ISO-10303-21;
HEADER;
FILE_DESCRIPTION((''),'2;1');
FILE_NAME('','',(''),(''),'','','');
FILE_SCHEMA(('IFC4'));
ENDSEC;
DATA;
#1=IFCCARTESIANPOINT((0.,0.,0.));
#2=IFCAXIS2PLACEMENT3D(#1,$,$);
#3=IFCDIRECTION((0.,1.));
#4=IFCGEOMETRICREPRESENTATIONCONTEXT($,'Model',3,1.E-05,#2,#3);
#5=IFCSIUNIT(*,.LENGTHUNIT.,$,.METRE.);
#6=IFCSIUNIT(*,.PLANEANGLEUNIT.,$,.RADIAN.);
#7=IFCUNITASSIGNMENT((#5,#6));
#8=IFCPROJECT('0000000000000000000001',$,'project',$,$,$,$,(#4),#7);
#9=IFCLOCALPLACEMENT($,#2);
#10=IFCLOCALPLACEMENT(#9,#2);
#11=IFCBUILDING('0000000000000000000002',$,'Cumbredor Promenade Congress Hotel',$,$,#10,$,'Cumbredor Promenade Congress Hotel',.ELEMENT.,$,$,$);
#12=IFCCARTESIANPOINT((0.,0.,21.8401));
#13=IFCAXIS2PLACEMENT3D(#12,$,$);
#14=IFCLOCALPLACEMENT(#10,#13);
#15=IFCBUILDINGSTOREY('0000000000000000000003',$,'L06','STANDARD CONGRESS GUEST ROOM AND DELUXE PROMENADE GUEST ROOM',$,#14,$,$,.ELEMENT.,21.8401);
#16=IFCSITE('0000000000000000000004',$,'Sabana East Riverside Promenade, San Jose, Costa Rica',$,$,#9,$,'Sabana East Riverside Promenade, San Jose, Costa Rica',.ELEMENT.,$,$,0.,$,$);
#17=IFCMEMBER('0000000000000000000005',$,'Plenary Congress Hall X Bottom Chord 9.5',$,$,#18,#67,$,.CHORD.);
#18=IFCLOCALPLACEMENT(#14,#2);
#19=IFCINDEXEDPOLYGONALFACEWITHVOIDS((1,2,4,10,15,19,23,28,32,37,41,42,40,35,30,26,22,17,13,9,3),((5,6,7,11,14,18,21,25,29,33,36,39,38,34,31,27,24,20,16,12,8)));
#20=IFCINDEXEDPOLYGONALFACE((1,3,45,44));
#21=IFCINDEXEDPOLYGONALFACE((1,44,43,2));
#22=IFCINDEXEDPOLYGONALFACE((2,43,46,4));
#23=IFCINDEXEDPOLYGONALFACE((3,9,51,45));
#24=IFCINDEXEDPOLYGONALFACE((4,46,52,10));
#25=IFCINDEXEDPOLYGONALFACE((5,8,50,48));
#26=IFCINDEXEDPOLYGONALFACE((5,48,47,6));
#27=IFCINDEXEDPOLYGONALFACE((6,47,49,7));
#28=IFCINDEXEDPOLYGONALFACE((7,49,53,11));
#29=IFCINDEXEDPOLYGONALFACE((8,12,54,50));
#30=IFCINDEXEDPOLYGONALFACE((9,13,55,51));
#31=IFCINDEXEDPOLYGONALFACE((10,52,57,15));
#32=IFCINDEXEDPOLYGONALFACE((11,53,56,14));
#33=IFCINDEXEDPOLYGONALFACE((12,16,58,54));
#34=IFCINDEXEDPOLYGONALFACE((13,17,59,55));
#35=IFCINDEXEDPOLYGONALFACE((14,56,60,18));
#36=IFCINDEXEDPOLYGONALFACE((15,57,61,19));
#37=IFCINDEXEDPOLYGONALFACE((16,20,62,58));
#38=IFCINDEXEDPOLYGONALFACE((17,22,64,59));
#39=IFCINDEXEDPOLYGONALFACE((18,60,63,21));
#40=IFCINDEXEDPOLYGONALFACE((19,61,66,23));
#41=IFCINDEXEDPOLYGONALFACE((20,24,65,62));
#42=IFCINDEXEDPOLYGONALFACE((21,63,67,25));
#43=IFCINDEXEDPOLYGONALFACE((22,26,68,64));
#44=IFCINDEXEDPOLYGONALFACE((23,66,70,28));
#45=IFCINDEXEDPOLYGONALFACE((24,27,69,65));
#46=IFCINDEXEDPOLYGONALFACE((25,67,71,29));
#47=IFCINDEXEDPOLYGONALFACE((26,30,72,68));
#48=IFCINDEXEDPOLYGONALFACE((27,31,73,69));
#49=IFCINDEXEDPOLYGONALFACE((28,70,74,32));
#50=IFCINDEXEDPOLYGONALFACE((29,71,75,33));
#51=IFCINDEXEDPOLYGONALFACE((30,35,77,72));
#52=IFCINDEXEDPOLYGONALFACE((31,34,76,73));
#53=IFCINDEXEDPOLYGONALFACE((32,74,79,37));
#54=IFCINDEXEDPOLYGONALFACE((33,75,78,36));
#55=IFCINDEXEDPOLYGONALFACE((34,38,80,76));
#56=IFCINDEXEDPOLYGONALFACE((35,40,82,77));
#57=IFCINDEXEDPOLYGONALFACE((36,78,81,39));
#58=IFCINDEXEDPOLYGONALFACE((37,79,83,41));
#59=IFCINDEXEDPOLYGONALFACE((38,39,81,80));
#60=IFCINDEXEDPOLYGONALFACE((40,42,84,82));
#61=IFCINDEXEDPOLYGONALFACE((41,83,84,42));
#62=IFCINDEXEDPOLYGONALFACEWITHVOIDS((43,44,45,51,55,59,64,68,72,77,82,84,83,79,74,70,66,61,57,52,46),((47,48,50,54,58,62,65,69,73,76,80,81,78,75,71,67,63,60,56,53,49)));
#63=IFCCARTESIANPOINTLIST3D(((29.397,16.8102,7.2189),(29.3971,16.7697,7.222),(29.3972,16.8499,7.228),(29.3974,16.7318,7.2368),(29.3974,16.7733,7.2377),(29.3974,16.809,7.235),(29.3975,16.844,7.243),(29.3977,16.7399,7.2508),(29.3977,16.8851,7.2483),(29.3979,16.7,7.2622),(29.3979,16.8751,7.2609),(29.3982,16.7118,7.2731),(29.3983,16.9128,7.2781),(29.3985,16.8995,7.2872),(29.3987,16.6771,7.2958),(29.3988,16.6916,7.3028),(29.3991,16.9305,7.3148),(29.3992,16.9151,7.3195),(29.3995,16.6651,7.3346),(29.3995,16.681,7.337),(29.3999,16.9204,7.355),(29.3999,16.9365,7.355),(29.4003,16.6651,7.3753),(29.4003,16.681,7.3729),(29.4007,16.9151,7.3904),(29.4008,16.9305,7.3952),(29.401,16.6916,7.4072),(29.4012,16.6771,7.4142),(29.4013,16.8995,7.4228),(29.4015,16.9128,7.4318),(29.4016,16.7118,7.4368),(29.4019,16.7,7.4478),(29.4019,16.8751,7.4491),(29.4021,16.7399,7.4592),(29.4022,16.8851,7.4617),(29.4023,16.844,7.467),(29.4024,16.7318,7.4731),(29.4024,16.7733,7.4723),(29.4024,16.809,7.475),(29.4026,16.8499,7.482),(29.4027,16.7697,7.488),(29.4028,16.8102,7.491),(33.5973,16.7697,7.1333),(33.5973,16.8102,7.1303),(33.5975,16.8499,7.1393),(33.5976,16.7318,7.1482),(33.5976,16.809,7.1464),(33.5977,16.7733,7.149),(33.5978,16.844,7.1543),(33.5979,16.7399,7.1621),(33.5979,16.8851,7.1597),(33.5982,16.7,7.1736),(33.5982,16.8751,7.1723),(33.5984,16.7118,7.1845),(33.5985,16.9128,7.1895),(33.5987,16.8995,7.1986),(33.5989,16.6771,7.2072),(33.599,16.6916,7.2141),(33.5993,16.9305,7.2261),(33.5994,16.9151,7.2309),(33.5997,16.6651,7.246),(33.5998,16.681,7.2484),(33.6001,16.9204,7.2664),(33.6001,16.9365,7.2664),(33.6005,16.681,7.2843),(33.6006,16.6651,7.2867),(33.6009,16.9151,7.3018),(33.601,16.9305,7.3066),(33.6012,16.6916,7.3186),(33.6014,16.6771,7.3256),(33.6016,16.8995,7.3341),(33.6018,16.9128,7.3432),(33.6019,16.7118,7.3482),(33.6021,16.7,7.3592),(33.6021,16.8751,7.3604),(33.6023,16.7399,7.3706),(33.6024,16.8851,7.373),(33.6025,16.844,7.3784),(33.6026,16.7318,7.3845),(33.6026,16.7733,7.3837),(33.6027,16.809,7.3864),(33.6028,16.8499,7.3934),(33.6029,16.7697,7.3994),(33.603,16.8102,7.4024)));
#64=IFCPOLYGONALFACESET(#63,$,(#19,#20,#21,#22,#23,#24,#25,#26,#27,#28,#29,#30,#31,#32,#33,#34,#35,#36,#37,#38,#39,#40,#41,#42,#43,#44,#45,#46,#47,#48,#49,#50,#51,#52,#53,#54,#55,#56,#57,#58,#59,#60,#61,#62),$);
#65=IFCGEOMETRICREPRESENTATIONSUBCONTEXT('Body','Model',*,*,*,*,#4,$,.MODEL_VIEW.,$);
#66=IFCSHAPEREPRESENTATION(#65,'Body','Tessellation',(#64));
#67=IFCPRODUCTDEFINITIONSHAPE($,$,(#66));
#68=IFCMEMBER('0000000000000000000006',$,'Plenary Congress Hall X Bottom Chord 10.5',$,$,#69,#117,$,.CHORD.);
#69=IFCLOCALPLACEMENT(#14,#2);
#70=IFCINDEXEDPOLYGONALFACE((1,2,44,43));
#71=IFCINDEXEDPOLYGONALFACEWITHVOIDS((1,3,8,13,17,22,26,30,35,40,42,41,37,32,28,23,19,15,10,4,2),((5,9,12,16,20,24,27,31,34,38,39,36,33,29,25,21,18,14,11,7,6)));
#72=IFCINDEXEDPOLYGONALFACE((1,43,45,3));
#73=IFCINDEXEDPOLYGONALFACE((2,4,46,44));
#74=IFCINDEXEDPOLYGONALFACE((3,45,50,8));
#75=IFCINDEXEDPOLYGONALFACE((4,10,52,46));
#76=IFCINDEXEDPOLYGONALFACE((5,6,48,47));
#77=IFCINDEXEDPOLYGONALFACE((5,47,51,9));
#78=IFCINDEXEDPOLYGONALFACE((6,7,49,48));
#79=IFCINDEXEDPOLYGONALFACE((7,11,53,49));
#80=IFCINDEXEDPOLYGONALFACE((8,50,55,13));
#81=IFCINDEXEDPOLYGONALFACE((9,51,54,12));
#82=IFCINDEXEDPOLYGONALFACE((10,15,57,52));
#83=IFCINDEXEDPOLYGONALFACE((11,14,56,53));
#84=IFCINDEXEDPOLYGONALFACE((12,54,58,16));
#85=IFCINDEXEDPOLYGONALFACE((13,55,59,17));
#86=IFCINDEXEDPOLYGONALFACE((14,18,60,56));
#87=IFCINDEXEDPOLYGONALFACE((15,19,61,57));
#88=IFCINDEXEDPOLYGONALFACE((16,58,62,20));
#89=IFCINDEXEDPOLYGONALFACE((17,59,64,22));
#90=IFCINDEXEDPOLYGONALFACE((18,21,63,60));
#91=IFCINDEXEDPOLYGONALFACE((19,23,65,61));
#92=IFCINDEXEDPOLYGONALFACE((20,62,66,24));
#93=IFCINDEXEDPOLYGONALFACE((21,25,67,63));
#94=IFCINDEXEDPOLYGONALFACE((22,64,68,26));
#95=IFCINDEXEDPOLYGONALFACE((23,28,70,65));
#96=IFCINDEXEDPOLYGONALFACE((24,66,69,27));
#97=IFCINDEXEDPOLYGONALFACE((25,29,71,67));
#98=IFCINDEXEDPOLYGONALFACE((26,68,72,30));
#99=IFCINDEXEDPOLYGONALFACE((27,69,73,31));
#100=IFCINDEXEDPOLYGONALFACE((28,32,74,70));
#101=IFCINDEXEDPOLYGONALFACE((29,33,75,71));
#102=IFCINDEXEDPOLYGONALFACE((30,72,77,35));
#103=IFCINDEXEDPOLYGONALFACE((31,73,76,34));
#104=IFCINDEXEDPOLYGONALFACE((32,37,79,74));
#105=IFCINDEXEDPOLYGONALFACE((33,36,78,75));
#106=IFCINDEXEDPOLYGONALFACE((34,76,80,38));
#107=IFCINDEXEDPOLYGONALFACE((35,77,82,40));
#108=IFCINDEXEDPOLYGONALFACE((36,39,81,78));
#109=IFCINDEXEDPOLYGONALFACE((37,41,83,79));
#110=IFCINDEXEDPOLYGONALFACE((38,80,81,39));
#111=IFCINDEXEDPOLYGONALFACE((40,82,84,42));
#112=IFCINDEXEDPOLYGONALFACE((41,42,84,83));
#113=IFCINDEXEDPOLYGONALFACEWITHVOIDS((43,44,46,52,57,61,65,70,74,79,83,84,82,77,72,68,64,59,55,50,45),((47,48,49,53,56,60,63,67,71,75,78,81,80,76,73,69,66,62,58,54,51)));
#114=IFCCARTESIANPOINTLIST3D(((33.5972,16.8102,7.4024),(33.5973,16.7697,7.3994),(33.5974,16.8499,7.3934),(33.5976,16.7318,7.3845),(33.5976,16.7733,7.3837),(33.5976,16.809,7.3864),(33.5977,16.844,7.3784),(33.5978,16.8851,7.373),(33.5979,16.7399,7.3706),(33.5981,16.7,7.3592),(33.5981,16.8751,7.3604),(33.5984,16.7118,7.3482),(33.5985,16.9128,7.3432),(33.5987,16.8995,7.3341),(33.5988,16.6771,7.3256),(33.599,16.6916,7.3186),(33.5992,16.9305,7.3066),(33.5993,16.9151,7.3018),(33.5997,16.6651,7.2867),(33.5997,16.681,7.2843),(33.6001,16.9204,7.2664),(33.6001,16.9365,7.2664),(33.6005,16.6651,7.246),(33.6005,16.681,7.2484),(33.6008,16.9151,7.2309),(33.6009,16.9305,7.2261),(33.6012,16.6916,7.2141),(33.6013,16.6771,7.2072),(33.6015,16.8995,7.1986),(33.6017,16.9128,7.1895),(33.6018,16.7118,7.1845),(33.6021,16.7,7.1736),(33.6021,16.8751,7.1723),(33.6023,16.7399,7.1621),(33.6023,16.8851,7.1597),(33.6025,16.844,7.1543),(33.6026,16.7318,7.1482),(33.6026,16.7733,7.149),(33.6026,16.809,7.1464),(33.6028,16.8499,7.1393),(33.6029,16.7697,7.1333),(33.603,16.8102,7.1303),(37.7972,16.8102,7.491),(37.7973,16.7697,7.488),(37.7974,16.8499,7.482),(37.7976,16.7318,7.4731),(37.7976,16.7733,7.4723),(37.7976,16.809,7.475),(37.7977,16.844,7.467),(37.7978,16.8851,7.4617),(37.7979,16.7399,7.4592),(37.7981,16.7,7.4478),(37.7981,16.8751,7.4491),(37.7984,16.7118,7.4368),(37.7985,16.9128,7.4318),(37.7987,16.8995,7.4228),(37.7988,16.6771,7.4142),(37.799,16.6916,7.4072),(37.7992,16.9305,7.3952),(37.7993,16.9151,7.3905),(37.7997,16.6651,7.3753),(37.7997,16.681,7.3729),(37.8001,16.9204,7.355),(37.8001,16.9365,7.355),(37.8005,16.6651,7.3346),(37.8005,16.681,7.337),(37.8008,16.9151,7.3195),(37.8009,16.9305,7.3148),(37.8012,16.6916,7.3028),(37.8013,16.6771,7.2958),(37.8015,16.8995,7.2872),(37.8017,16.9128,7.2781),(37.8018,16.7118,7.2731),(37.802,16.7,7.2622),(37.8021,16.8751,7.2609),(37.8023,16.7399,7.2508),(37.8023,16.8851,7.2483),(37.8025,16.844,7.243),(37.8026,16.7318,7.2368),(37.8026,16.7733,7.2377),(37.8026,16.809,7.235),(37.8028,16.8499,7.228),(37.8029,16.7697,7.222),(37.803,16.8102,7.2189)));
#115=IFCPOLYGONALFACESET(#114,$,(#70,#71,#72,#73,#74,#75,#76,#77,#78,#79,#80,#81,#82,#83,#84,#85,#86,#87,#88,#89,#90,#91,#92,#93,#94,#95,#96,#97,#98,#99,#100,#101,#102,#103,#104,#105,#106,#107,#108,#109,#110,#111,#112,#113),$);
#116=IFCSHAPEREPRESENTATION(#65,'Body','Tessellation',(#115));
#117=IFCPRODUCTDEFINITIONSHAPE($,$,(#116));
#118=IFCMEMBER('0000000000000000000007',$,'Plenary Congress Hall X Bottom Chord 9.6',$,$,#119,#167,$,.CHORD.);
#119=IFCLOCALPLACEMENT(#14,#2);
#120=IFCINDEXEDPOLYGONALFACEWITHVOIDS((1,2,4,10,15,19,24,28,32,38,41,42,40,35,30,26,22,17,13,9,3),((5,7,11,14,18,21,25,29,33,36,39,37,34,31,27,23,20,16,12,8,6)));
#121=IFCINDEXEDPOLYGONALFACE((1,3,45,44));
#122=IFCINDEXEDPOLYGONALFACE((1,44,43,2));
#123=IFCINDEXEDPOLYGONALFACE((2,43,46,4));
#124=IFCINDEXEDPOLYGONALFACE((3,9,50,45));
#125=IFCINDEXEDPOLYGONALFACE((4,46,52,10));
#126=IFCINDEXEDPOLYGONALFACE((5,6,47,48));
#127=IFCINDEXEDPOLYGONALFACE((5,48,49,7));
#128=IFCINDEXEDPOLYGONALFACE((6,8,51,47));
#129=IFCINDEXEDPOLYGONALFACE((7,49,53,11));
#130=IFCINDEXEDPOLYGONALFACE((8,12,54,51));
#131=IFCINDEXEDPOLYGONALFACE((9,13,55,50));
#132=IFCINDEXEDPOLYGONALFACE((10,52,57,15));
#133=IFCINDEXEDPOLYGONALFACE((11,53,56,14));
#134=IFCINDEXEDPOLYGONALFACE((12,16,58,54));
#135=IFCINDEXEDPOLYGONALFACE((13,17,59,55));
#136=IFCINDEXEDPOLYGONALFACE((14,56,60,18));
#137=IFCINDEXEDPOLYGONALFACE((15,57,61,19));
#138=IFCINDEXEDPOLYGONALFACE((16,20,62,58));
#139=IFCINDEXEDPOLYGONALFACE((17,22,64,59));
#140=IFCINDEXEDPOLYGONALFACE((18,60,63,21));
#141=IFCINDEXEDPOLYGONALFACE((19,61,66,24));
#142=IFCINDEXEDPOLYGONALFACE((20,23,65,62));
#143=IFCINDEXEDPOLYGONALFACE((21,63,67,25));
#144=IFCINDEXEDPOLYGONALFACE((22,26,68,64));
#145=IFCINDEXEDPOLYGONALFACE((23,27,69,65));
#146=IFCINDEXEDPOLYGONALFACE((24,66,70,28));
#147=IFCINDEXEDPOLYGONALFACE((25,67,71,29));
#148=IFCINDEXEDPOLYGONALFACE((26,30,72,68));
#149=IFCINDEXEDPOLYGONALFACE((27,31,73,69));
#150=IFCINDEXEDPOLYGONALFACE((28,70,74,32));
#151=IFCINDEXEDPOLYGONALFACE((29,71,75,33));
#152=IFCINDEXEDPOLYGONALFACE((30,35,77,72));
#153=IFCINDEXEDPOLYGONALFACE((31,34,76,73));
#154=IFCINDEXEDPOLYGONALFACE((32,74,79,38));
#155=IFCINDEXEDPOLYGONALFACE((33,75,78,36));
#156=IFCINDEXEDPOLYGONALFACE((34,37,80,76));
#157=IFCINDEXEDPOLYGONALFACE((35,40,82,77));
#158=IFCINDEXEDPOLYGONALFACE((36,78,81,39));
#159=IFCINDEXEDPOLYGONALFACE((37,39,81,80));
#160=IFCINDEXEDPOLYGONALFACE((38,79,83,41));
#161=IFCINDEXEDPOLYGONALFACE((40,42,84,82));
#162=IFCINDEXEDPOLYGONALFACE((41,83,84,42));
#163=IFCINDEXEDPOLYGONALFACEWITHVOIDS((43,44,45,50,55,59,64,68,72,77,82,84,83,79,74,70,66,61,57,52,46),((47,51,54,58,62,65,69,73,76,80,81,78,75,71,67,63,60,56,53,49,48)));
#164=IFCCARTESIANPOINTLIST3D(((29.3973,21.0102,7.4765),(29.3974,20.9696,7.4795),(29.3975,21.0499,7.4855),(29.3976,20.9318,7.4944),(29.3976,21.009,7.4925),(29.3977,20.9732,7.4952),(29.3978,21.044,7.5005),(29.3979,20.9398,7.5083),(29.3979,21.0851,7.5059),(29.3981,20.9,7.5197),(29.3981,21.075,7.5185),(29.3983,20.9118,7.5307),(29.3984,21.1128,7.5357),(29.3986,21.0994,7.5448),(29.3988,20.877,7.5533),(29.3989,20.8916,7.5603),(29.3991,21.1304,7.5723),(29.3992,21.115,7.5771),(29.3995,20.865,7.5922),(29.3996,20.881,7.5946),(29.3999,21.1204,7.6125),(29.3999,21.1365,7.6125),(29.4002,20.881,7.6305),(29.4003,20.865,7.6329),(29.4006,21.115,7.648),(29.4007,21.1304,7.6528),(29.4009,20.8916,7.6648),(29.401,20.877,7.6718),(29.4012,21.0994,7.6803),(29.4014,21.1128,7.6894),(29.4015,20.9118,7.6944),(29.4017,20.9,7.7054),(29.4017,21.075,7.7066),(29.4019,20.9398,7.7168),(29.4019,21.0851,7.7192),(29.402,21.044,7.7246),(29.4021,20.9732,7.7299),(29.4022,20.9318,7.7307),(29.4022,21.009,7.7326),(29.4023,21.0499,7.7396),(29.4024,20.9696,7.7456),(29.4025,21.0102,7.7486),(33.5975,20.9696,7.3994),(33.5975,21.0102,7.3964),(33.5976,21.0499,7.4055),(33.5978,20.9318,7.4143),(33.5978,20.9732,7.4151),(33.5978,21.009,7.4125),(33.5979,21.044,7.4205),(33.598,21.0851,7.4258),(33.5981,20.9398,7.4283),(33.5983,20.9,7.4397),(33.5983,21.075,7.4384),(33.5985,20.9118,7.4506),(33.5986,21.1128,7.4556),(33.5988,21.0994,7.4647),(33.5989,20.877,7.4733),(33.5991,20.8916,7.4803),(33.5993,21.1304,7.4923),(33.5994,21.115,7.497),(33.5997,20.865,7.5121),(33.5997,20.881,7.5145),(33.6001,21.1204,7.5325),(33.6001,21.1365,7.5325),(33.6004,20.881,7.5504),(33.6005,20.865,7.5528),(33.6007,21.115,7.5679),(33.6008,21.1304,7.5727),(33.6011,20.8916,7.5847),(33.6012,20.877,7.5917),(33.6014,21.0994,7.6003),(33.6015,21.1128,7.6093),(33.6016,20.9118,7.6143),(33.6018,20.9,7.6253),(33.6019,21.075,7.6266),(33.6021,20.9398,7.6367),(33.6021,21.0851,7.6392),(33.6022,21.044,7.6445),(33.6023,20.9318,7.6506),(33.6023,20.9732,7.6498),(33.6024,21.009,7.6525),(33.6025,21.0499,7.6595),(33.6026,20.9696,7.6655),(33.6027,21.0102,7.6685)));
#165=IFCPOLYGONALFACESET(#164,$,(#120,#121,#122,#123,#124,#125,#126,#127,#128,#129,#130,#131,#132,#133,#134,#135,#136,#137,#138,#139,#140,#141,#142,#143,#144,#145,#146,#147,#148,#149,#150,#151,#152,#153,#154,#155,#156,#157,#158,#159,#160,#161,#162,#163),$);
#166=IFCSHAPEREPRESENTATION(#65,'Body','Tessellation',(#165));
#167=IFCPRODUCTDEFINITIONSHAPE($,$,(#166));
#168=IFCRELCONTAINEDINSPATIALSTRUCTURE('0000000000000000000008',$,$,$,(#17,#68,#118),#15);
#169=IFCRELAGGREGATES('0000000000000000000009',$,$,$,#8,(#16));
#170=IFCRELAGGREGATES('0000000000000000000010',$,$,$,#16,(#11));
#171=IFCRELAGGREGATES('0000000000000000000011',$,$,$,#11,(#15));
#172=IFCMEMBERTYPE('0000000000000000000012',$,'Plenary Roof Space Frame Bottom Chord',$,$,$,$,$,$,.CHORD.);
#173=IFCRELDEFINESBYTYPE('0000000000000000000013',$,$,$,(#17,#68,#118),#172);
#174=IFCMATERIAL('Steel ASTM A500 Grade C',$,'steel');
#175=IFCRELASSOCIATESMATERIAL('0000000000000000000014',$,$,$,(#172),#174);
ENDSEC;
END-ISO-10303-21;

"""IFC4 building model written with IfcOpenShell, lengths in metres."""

from ifc_helpers import new_model, si_unit, direction, frame, origin, origin_2d, place, context, subcontext, project, spatial, hollow_circle, extrude, material, material_profile, profile_set, type_object, element, save


model = new_model("IFC4")

# Units and contexts
model_context = context("Model", 3, precision=1e-05, world=origin(), true_north=direction((0.0, 1.0)))
body_context = subcontext(model_context, "Body", "Model", "MODEL_VIEW")
ifc_project = project(units=[si_unit("LENGTHUNIT", "METRE"), si_unit("PLANEANGLEUNIT", "RADIAN")], contexts=[model_context])

# Site, building, storey
site_placement = place(None, origin())
site = spatial("IfcSite", under=ifc_project, at=site_placement, Name="Sabana East Riverside Promenade, San Jose, Costa Rica", LongName="Sabana East Riverside Promenade, San Jose, Costa Rica", CompositionType="ELEMENT", RefElevation=0.0)
building_placement = place(site_placement, origin())
building = spatial("IfcBuilding", under=site, at=building_placement, Name="Cumbredor Promenade Congress Hotel", LongName="Cumbredor Promenade Congress Hotel", CompositionType="ELEMENT")
storey_placement = place(building_placement, frame((0.0, 0.0, 21.8401)))
storey = spatial("IfcBuildingStorey", under=building, at=storey_placement, Name="L06", Description="STANDARD CONGRESS GUEST ROOM AND DELUXE PROMENADE GUEST ROOM", CompositionType="ELEMENT", Elevation=21.8401)

# Members
ifc_material_1 = material(Name="Steel ASTM A500 Grade C", Category="steel")
ifc_material_profile_1 = material_profile(ifc_material_1, hollow_circle(Radius=0.1365, WallThickness=0.0161, at=origin_2d()), Name="CHS 273.0x16")
ifc_profile_set_1 = profile_set([ifc_material_profile_1], Name="Steel ASTM A500 Grade C")
member_type_1 = type_object("IfcMemberType", Name="Plenary Roof Space Frame Bottom Chord", PredefinedType="CHORD", material=ifc_profile_set_1)
member_1_placement = place(storey_placement, frame((29.3999, 16.8, 7.355), z_axis=(0.999777, 0.0, -0.021095), x_axis=(0.0, 1.0, 0.0)))
element("IfcMember", 1, at=member_1_placement, inside=storey, type_object=member_type_1, Name="Plenary Congress Hall X Bottom Chord 9.5", PredefinedType="CHORD", context=body_context, shape_type="SweptSolid", body=[
    extrude(hollow_circle(Radius=0.1365, WallThickness=0.0161, at=origin_2d()), origin(), (0.0, 0.0, 1.0), 4.2012),
])
for number, where, z_axis, x_axis, name in (
    (2, (33.6001, 16.8, 7.2664), (0.999777, 0.0, 0.021096), (0.0, 1.0, 0.0), "Plenary Congress Hall X Bottom Chord 10.5"),
    (3, (29.3999, 21.0, 7.6125), (0.999818, 0.0, -0.019062), (0.0, 1.0, 0.0), "Plenary Congress Hall X Bottom Chord 9.6"),
):
    element("IfcMember", number, at=place(storey_placement, frame(where, z_axis=z_axis, x_axis=x_axis)), inside=storey, type_object=member_type_1, Name=name, PredefinedType="CHORD", context=body_context, shape_type="SweptSolid", body=[
        extrude(hollow_circle(Radius=0.1365, WallThickness=0.0161, at=origin_2d()), origin(), (0.0, 0.0, 1.0), 4.2009),
    ])

save(model, "model.ifc")
